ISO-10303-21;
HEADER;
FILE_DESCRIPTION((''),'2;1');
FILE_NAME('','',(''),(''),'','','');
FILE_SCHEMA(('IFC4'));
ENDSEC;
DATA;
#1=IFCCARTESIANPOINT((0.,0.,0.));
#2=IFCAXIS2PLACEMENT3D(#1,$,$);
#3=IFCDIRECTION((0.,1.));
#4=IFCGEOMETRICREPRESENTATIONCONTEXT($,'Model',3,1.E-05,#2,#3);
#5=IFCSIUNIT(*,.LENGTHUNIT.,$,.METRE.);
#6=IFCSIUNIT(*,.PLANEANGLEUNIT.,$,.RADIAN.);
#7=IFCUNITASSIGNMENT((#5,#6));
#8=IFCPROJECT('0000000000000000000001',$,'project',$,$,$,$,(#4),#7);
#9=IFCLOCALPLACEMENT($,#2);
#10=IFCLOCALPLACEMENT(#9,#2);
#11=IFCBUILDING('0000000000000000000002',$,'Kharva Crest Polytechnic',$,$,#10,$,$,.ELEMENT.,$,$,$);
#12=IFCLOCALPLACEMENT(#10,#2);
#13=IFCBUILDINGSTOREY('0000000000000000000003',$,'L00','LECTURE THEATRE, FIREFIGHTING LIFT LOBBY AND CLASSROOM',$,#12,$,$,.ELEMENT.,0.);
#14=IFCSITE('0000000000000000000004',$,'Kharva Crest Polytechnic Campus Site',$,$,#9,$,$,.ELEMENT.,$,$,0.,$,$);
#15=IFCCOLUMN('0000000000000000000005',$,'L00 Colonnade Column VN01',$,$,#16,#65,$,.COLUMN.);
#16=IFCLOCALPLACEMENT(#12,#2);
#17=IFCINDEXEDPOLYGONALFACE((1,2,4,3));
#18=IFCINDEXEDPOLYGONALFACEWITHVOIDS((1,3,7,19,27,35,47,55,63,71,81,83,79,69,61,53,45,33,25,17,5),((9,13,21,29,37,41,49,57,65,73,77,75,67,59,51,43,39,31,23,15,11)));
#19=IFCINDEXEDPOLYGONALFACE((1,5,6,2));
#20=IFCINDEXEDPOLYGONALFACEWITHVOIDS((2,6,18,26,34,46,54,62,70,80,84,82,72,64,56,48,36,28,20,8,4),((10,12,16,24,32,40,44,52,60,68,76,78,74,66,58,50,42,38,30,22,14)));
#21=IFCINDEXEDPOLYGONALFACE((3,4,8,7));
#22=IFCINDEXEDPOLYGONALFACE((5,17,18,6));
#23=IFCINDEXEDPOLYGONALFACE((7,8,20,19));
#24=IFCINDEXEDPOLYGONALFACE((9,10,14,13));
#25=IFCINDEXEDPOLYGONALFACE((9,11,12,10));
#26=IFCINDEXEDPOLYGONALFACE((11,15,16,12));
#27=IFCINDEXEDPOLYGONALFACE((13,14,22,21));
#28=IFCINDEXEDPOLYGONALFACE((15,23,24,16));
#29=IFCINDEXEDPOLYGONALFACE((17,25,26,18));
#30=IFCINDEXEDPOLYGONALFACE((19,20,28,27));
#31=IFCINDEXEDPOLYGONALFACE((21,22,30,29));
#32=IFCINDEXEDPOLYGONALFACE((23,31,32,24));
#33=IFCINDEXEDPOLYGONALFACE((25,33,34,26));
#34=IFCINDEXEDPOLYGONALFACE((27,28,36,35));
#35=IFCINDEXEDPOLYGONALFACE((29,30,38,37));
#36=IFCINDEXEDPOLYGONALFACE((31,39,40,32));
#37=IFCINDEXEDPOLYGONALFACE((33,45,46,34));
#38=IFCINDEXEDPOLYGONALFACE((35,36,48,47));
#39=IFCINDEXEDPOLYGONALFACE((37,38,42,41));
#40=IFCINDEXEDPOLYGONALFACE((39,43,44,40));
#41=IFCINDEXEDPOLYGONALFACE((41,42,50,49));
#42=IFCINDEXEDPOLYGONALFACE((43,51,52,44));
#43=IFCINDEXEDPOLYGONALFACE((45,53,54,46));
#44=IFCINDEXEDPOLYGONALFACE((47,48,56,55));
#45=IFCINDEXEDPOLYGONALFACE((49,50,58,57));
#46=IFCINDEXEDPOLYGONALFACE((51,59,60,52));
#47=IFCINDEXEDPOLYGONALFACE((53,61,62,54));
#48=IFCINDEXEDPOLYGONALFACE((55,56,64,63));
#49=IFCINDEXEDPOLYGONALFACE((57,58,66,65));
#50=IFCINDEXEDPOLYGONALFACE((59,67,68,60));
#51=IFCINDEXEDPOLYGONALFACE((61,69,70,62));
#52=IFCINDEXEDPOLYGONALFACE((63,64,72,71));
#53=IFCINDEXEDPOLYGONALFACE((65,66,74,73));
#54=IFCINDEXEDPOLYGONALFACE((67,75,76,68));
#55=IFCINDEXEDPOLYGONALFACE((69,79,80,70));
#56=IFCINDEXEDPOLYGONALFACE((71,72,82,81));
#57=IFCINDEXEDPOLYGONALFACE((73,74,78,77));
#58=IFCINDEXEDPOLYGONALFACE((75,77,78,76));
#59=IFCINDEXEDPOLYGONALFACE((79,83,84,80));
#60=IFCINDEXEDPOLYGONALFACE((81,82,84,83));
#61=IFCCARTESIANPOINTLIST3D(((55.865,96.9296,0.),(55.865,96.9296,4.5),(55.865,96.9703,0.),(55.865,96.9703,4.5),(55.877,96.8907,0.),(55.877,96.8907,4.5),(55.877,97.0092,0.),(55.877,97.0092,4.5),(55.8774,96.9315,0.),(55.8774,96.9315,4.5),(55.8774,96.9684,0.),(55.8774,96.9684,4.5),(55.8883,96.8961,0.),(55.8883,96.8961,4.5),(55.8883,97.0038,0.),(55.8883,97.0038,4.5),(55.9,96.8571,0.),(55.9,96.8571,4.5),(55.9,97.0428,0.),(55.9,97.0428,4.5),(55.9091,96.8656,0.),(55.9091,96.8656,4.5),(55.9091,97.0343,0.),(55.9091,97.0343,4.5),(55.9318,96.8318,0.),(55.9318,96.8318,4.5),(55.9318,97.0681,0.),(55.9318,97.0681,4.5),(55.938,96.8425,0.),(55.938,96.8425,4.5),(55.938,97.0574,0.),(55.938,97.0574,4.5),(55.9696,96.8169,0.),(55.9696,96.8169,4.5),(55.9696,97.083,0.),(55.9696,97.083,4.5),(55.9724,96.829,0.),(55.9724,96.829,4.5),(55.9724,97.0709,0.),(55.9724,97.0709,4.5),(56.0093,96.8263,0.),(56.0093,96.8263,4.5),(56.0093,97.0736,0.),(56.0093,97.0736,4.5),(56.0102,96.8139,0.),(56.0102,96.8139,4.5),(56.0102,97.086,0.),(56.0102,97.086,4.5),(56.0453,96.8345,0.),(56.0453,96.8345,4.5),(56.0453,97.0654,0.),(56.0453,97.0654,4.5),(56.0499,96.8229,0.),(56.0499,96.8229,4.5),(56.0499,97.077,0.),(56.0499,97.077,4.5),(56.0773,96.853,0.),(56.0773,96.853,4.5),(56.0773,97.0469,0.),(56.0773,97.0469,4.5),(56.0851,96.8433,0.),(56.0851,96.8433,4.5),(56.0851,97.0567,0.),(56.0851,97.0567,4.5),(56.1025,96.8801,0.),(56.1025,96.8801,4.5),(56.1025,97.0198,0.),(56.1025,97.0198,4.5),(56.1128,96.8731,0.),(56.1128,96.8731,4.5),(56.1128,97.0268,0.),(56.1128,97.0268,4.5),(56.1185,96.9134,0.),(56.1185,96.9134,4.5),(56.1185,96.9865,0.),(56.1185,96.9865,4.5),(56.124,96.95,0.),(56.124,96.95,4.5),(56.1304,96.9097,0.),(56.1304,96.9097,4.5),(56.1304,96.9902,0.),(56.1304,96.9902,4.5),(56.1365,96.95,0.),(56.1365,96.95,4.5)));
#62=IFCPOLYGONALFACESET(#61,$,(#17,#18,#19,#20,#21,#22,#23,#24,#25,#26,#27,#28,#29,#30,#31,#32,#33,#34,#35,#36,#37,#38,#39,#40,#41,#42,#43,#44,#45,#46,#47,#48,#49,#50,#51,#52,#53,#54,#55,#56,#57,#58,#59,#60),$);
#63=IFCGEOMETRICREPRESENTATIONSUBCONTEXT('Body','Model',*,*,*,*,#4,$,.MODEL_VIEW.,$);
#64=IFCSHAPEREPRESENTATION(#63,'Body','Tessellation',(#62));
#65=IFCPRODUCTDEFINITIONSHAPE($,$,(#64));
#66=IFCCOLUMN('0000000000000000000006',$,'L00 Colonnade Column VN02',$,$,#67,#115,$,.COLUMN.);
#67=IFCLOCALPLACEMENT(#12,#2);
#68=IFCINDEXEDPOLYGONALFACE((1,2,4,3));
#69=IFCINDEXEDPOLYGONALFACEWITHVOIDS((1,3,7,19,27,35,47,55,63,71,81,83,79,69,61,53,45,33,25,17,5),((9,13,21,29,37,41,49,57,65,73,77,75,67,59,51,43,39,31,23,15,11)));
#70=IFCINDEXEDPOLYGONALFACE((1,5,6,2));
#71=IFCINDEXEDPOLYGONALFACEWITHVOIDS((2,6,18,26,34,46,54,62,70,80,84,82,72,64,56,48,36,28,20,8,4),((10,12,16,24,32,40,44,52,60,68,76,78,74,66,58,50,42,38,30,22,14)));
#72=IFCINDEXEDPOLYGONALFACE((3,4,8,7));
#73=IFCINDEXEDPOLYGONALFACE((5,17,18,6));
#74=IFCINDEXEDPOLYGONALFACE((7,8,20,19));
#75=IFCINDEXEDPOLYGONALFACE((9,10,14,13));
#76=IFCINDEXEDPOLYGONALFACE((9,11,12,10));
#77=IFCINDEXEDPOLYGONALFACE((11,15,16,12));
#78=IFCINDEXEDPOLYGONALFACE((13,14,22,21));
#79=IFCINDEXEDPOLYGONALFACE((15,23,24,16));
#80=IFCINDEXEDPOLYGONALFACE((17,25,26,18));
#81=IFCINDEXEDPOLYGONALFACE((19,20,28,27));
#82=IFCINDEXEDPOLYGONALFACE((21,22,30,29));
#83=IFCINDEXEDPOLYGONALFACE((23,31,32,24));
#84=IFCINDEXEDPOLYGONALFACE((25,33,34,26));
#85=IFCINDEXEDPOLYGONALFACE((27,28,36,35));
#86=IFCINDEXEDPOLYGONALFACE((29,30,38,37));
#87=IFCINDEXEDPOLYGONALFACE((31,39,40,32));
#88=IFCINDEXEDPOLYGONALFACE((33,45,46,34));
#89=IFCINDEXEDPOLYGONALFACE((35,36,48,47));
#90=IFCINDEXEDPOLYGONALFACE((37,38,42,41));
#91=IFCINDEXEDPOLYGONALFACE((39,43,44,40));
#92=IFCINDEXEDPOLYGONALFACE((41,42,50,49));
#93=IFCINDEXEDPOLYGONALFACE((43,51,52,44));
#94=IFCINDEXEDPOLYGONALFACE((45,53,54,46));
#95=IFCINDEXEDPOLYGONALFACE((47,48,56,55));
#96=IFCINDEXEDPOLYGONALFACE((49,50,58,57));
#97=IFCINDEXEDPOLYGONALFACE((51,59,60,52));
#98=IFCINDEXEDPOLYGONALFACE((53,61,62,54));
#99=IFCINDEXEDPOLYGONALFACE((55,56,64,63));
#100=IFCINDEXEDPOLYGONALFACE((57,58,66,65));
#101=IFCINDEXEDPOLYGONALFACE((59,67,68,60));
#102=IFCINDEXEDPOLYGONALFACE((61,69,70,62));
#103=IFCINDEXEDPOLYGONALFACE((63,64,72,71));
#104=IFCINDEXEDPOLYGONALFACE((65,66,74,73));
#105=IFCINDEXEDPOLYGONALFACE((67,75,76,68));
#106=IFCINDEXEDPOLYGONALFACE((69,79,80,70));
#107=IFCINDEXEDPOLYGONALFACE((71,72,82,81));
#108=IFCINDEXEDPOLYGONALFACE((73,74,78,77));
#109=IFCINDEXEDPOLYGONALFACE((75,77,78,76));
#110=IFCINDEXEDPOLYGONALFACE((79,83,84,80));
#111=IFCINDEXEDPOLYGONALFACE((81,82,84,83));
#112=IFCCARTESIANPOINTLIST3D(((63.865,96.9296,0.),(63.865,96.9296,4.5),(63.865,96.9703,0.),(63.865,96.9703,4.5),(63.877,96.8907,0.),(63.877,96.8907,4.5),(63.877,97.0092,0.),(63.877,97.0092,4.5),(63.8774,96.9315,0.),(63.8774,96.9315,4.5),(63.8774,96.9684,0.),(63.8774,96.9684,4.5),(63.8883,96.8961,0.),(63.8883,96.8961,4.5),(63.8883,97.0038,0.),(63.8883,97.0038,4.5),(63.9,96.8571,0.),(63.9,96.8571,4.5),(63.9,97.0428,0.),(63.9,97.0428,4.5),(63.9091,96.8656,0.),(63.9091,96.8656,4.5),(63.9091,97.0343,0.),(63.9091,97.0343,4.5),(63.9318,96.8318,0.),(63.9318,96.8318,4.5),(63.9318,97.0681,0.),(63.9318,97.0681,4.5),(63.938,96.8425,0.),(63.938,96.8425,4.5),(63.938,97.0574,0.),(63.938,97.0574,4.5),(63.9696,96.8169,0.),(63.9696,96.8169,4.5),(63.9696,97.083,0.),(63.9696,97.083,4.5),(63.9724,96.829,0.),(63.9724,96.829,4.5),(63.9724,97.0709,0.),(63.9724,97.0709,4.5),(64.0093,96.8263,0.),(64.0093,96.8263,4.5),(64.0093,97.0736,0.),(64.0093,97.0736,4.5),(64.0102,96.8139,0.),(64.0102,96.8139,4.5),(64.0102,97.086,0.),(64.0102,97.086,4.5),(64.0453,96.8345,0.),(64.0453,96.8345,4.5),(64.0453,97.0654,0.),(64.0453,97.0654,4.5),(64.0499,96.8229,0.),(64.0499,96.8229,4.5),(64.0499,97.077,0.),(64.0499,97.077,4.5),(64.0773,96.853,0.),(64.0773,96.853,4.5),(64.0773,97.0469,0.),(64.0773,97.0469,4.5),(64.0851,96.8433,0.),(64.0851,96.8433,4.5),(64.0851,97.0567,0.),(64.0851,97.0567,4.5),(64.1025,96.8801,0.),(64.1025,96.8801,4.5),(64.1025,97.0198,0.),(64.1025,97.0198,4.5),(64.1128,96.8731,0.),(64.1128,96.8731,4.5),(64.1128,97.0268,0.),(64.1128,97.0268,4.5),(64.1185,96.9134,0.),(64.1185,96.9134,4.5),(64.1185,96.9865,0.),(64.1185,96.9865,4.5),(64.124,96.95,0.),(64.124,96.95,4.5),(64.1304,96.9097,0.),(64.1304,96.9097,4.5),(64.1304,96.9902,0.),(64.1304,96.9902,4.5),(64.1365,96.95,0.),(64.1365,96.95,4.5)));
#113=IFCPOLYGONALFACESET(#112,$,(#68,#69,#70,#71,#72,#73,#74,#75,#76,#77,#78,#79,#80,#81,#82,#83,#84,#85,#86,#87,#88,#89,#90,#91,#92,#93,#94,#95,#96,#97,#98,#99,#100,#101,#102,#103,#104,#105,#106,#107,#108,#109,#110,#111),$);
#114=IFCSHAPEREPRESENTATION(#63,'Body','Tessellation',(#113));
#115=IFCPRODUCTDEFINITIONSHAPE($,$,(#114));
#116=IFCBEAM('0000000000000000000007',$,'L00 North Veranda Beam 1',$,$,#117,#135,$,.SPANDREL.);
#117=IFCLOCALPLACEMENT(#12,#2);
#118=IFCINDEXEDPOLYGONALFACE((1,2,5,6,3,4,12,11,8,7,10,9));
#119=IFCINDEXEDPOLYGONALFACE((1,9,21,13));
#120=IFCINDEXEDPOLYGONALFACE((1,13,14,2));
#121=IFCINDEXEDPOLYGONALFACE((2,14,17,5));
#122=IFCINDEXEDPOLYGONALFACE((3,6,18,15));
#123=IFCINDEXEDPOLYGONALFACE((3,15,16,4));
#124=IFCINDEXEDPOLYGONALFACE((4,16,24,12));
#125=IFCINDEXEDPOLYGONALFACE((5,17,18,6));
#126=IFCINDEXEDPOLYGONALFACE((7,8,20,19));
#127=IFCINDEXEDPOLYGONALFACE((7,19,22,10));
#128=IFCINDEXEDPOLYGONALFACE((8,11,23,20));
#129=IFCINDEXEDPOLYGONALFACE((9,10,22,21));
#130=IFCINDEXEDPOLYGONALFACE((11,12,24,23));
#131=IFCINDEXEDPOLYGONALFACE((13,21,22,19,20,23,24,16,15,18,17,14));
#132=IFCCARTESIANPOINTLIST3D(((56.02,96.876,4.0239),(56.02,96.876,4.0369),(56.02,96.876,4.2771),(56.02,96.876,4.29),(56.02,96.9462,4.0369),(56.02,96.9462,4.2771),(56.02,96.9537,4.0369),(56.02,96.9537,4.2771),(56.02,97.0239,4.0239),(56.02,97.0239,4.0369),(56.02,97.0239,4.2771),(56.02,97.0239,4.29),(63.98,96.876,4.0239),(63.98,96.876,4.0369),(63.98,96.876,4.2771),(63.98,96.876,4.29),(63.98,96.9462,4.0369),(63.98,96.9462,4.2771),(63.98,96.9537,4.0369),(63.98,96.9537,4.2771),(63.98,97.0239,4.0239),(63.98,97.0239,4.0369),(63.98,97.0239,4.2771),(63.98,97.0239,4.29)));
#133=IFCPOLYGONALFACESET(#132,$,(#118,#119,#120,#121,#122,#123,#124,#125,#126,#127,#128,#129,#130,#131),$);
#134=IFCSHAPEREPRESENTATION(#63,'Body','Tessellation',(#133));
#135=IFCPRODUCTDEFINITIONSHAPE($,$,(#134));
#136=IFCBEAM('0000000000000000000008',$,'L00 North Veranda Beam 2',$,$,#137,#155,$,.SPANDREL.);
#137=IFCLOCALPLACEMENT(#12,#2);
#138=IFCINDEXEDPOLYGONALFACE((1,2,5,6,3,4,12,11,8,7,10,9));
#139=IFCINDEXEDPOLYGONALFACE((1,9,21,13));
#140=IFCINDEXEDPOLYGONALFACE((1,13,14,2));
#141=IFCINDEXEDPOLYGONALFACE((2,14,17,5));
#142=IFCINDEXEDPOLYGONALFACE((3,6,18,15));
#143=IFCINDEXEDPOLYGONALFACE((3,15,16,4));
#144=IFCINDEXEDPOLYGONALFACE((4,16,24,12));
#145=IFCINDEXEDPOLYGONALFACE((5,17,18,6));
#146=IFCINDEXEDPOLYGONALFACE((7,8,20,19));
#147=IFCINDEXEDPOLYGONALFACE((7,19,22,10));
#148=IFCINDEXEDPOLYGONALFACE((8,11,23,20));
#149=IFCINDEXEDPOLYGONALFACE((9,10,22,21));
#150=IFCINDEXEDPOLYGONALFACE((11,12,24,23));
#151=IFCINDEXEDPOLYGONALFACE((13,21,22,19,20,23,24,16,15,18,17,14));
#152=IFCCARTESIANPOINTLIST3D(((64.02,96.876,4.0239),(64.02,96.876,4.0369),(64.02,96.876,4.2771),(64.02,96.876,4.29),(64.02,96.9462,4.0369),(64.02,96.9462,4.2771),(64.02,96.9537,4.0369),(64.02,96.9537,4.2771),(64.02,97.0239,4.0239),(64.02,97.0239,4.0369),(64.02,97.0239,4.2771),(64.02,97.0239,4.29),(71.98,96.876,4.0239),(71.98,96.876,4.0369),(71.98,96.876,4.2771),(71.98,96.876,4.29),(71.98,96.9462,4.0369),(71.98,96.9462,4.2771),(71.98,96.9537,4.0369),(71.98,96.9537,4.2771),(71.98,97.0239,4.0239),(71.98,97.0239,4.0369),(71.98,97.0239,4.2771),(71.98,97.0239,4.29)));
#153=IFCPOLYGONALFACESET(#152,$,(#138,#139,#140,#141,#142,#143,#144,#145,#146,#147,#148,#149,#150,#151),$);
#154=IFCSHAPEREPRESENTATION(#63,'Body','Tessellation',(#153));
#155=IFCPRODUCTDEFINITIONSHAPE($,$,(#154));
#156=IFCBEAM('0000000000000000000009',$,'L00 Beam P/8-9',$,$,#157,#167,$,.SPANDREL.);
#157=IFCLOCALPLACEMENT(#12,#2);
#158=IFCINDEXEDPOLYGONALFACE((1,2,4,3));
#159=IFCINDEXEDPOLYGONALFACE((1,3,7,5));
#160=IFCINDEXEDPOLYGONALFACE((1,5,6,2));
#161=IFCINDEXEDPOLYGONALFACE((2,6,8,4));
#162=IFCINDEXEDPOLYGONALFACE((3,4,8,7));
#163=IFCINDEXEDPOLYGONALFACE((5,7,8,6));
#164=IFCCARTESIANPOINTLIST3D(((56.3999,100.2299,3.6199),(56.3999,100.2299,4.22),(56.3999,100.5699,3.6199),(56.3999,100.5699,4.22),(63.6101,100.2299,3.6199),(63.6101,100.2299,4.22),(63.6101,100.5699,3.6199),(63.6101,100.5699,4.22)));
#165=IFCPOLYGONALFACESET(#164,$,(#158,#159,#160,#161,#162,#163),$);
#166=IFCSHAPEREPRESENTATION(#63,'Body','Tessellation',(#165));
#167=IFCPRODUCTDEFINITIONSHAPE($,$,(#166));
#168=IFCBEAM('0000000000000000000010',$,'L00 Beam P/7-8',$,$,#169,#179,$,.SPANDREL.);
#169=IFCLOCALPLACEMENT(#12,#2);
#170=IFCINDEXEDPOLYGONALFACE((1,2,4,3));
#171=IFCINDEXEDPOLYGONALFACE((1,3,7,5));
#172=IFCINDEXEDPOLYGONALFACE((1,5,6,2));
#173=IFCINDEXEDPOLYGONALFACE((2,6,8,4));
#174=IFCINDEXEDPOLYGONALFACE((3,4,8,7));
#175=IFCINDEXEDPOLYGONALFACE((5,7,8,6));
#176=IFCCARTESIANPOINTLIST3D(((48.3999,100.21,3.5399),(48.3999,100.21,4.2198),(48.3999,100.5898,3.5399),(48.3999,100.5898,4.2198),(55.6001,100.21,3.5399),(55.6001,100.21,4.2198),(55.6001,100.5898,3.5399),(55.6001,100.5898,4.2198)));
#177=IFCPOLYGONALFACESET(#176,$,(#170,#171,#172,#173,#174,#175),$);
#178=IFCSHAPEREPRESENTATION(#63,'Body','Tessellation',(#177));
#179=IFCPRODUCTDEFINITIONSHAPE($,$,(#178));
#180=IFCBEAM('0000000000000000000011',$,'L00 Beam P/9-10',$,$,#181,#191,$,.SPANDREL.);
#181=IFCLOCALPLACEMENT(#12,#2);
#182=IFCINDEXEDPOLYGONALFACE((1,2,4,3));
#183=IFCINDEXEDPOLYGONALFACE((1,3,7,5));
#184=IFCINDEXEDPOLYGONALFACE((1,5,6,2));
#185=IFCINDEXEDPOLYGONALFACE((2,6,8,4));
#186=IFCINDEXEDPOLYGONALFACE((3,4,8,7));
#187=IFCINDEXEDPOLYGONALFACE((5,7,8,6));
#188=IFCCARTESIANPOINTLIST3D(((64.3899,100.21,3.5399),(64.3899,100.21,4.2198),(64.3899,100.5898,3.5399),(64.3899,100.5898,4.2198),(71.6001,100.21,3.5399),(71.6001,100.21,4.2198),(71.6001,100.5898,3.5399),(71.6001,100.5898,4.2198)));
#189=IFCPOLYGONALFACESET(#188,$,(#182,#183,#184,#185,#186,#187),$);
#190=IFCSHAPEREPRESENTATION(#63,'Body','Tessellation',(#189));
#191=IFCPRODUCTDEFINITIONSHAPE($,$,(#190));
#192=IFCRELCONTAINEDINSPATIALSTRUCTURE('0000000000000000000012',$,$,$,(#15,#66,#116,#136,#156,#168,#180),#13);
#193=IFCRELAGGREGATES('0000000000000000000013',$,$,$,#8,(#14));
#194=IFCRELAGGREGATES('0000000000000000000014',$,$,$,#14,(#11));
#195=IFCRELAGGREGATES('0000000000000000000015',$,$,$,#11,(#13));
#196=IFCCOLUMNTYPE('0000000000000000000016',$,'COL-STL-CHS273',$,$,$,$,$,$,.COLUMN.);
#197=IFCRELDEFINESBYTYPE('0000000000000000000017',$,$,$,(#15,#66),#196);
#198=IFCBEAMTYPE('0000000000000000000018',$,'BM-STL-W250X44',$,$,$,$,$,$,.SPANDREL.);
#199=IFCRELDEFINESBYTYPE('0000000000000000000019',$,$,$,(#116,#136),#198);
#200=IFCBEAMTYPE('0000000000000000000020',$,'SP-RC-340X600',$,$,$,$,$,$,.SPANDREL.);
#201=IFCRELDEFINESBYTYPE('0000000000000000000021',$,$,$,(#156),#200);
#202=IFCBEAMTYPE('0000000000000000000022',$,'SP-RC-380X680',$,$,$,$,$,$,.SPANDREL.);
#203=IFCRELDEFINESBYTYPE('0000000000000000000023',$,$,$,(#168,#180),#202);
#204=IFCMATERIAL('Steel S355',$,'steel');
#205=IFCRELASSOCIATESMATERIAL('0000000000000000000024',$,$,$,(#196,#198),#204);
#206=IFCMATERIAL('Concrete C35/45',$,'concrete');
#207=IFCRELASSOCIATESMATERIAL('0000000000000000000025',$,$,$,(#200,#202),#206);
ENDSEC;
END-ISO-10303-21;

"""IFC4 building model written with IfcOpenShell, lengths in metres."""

from ifc_helpers import new_model, si_unit, direction, frame, origin, origin_2d, place, context, subcontext, project, spatial, rectangle, hollow_circle, i_section, extrude, material, material_profile, profile_set, type_object, element, save


model = new_model("IFC4")

# Units and contexts
model_context = context("Model", 3, precision=1e-05, world=origin(), true_north=direction((0.0, 1.0)))
body_context = subcontext(model_context, "Body", "Model", "MODEL_VIEW")
ifc_project = project(units=[si_unit("LENGTHUNIT", "METRE"), si_unit("PLANEANGLEUNIT", "RADIAN")], contexts=[model_context])

# Site, building, storey
site_placement = place(None, origin())
site = spatial("IfcSite", under=ifc_project, at=site_placement, Name="Kharva Crest Polytechnic Campus Site", CompositionType="ELEMENT", RefElevation=0.0)
building_placement = place(site_placement, origin())
building = spatial("IfcBuilding", under=site, at=building_placement, Name="Kharva Crest Polytechnic", CompositionType="ELEMENT")
storey_placement = place(building_placement, origin())
storey = spatial("IfcBuildingStorey", under=building, at=storey_placement, Name="L00", Description="LECTURE THEATRE, FIREFIGHTING LIFT LOBBY AND CLASSROOM", CompositionType="ELEMENT", Elevation=0.0)

# Shared definitions
ifc_material_1 = material(Name="Concrete C35/45", Category="concrete")

# Columns
ifc_material_2 = material(Name="Steel S355", Category="steel")
ifc_material_profile_1 = material_profile(ifc_material_2, hollow_circle(Radius=0.1365, WallThickness=0.0125, at=origin_2d()), Name="CHS 273.0X12.5")
ifc_profile_set_1 = profile_set([ifc_material_profile_1], Name="Steel S355")
column_type_1 = type_object("IfcColumnType", Name="COL-STL-CHS273", PredefinedType="COLUMN", material=ifc_profile_set_1)
for number, where, z_axis, x_axis, name in (
    (1, (56.0, 96.95, 0.0), (0.0, 0.0, 1.0), (1.0, 0.0, 0.0), "L00 Colonnade Column VN01"),
    (2, (64.0, 96.95, 0.0), (0.0, 0.0, 1.0), (1.0, 0.0, 0.0), "L00 Colonnade Column VN02"),
):
    element("IfcColumn", number, at=place(storey_placement, frame(where, z_axis=z_axis, x_axis=x_axis)), inside=storey, type_object=column_type_1, Name=name, PredefinedType="COLUMN", context=body_context, shape_type="SweptSolid", body=[
        extrude(hollow_circle(Radius=0.1365, WallThickness=0.0125, at=origin_2d()), origin(), (0.0, 0.0, 1.0), 4.5),
    ])

# Beams
ifc_material_profile_2 = material_profile(ifc_material_2, i_section(OverallWidth=0.1479, OverallDepth=0.2661, WebThickness=0.0076, FlangeThickness=0.0129, at=origin_2d()), Name="W250X44.8")
ifc_profile_set_2 = profile_set([ifc_material_profile_2], Name="Steel S355")
beam_type_1 = type_object("IfcBeamType", Name="BM-STL-W250X44", PredefinedType="SPANDREL", material=ifc_profile_set_2)
for number, where, z_axis, x_axis, name in (
    (3, (56.02, 96.95, 4.157), (1.0, 0.0, 0.0), (0.0, 1.0, 0.0), "L00 North Veranda Beam 1"),
    (4, (64.02, 96.95, 4.157), (1.0, 0.0, 0.0), (0.0, 1.0, 0.0), "L00 North Veranda Beam 2"),
):
    element("IfcBeam", number, at=place(storey_placement, frame(where, z_axis=z_axis, x_axis=x_axis)), inside=storey, type_object=beam_type_1, Name=name, PredefinedType="SPANDREL", context=body_context, shape_type="SweptSolid", body=[
        extrude(i_section(OverallWidth=0.1479, OverallDepth=0.2661, WebThickness=0.0076, FlangeThickness=0.0129, at=origin_2d()), origin(), (0.0, 0.0, 1.0), 7.96),
    ])
ifc_material_profile_3 = material_profile(ifc_material_1, rectangle(XDim=0.3401, YDim=0.6001, at=origin_2d()), Name="RECT 340 X 600")
ifc_profile_set_3 = profile_set([ifc_material_profile_3], Name="Concrete C35/45")
beam_type_2 = type_object("IfcBeamType", Name="SP-RC-340X600", PredefinedType="SPANDREL", material=ifc_profile_set_3)
beam_1_placement = place(storey_placement, frame((56.3999, 100.3999, 3.9199), z_axis=(1.0, 0.0, 0.0), x_axis=(0.0, 1.0, 0.0)))
element("IfcBeam", 5, at=beam_1_placement, inside=storey, type_object=beam_type_2, Name="L00 Beam P/8-9", PredefinedType="SPANDREL", context=body_context, shape_type="SweptSolid", body=[
    extrude(rectangle(XDim=0.3401, YDim=0.6001, at=origin_2d()), origin(), (0.0, 0.0, 1.0), 7.2102),
])
ifc_material_profile_4 = material_profile(ifc_material_1, rectangle(XDim=0.3799, YDim=0.6799, at=origin_2d()), Name="RECT 380 X 680")
ifc_profile_set_4 = profile_set([ifc_material_profile_4], Name="Concrete C35/45")
beam_type_3 = type_object("IfcBeamType", Name="SP-RC-380X680", PredefinedType="SPANDREL", material=ifc_profile_set_4)
beam_2_placement = place(storey_placement, frame((48.3999, 100.3999, 3.8799), z_axis=(1.0, 0.0, 0.0), x_axis=(0.0, 1.0, 0.0)))
element("IfcBeam", 6, at=beam_2_placement, inside=storey, type_object=beam_type_3, Name="L00 Beam P/7-8", PredefinedType="SPANDREL", context=body_context, shape_type="SweptSolid", body=[
    extrude(rectangle(XDim=0.3799, YDim=0.6799, at=origin_2d()), origin(), (0.0, 0.0, 1.0), 7.2002),
])
beam_3_placement = place(storey_placement, frame((64.3899, 100.3999, 3.8799), z_axis=(1.0, 0.0, 0.0), x_axis=(0.0, 1.0, 0.0)))
element("IfcBeam", 7, at=beam_3_placement, inside=storey, type_object=beam_type_3, Name="L00 Beam P/9-10", PredefinedType="SPANDREL", context=body_context, shape_type="SweptSolid", body=[
    extrude(rectangle(XDim=0.3799, YDim=0.6799, at=origin_2d()), origin(), (0.0, 0.0, 1.0), 7.2102),
])

save(model, "model.ifc")
